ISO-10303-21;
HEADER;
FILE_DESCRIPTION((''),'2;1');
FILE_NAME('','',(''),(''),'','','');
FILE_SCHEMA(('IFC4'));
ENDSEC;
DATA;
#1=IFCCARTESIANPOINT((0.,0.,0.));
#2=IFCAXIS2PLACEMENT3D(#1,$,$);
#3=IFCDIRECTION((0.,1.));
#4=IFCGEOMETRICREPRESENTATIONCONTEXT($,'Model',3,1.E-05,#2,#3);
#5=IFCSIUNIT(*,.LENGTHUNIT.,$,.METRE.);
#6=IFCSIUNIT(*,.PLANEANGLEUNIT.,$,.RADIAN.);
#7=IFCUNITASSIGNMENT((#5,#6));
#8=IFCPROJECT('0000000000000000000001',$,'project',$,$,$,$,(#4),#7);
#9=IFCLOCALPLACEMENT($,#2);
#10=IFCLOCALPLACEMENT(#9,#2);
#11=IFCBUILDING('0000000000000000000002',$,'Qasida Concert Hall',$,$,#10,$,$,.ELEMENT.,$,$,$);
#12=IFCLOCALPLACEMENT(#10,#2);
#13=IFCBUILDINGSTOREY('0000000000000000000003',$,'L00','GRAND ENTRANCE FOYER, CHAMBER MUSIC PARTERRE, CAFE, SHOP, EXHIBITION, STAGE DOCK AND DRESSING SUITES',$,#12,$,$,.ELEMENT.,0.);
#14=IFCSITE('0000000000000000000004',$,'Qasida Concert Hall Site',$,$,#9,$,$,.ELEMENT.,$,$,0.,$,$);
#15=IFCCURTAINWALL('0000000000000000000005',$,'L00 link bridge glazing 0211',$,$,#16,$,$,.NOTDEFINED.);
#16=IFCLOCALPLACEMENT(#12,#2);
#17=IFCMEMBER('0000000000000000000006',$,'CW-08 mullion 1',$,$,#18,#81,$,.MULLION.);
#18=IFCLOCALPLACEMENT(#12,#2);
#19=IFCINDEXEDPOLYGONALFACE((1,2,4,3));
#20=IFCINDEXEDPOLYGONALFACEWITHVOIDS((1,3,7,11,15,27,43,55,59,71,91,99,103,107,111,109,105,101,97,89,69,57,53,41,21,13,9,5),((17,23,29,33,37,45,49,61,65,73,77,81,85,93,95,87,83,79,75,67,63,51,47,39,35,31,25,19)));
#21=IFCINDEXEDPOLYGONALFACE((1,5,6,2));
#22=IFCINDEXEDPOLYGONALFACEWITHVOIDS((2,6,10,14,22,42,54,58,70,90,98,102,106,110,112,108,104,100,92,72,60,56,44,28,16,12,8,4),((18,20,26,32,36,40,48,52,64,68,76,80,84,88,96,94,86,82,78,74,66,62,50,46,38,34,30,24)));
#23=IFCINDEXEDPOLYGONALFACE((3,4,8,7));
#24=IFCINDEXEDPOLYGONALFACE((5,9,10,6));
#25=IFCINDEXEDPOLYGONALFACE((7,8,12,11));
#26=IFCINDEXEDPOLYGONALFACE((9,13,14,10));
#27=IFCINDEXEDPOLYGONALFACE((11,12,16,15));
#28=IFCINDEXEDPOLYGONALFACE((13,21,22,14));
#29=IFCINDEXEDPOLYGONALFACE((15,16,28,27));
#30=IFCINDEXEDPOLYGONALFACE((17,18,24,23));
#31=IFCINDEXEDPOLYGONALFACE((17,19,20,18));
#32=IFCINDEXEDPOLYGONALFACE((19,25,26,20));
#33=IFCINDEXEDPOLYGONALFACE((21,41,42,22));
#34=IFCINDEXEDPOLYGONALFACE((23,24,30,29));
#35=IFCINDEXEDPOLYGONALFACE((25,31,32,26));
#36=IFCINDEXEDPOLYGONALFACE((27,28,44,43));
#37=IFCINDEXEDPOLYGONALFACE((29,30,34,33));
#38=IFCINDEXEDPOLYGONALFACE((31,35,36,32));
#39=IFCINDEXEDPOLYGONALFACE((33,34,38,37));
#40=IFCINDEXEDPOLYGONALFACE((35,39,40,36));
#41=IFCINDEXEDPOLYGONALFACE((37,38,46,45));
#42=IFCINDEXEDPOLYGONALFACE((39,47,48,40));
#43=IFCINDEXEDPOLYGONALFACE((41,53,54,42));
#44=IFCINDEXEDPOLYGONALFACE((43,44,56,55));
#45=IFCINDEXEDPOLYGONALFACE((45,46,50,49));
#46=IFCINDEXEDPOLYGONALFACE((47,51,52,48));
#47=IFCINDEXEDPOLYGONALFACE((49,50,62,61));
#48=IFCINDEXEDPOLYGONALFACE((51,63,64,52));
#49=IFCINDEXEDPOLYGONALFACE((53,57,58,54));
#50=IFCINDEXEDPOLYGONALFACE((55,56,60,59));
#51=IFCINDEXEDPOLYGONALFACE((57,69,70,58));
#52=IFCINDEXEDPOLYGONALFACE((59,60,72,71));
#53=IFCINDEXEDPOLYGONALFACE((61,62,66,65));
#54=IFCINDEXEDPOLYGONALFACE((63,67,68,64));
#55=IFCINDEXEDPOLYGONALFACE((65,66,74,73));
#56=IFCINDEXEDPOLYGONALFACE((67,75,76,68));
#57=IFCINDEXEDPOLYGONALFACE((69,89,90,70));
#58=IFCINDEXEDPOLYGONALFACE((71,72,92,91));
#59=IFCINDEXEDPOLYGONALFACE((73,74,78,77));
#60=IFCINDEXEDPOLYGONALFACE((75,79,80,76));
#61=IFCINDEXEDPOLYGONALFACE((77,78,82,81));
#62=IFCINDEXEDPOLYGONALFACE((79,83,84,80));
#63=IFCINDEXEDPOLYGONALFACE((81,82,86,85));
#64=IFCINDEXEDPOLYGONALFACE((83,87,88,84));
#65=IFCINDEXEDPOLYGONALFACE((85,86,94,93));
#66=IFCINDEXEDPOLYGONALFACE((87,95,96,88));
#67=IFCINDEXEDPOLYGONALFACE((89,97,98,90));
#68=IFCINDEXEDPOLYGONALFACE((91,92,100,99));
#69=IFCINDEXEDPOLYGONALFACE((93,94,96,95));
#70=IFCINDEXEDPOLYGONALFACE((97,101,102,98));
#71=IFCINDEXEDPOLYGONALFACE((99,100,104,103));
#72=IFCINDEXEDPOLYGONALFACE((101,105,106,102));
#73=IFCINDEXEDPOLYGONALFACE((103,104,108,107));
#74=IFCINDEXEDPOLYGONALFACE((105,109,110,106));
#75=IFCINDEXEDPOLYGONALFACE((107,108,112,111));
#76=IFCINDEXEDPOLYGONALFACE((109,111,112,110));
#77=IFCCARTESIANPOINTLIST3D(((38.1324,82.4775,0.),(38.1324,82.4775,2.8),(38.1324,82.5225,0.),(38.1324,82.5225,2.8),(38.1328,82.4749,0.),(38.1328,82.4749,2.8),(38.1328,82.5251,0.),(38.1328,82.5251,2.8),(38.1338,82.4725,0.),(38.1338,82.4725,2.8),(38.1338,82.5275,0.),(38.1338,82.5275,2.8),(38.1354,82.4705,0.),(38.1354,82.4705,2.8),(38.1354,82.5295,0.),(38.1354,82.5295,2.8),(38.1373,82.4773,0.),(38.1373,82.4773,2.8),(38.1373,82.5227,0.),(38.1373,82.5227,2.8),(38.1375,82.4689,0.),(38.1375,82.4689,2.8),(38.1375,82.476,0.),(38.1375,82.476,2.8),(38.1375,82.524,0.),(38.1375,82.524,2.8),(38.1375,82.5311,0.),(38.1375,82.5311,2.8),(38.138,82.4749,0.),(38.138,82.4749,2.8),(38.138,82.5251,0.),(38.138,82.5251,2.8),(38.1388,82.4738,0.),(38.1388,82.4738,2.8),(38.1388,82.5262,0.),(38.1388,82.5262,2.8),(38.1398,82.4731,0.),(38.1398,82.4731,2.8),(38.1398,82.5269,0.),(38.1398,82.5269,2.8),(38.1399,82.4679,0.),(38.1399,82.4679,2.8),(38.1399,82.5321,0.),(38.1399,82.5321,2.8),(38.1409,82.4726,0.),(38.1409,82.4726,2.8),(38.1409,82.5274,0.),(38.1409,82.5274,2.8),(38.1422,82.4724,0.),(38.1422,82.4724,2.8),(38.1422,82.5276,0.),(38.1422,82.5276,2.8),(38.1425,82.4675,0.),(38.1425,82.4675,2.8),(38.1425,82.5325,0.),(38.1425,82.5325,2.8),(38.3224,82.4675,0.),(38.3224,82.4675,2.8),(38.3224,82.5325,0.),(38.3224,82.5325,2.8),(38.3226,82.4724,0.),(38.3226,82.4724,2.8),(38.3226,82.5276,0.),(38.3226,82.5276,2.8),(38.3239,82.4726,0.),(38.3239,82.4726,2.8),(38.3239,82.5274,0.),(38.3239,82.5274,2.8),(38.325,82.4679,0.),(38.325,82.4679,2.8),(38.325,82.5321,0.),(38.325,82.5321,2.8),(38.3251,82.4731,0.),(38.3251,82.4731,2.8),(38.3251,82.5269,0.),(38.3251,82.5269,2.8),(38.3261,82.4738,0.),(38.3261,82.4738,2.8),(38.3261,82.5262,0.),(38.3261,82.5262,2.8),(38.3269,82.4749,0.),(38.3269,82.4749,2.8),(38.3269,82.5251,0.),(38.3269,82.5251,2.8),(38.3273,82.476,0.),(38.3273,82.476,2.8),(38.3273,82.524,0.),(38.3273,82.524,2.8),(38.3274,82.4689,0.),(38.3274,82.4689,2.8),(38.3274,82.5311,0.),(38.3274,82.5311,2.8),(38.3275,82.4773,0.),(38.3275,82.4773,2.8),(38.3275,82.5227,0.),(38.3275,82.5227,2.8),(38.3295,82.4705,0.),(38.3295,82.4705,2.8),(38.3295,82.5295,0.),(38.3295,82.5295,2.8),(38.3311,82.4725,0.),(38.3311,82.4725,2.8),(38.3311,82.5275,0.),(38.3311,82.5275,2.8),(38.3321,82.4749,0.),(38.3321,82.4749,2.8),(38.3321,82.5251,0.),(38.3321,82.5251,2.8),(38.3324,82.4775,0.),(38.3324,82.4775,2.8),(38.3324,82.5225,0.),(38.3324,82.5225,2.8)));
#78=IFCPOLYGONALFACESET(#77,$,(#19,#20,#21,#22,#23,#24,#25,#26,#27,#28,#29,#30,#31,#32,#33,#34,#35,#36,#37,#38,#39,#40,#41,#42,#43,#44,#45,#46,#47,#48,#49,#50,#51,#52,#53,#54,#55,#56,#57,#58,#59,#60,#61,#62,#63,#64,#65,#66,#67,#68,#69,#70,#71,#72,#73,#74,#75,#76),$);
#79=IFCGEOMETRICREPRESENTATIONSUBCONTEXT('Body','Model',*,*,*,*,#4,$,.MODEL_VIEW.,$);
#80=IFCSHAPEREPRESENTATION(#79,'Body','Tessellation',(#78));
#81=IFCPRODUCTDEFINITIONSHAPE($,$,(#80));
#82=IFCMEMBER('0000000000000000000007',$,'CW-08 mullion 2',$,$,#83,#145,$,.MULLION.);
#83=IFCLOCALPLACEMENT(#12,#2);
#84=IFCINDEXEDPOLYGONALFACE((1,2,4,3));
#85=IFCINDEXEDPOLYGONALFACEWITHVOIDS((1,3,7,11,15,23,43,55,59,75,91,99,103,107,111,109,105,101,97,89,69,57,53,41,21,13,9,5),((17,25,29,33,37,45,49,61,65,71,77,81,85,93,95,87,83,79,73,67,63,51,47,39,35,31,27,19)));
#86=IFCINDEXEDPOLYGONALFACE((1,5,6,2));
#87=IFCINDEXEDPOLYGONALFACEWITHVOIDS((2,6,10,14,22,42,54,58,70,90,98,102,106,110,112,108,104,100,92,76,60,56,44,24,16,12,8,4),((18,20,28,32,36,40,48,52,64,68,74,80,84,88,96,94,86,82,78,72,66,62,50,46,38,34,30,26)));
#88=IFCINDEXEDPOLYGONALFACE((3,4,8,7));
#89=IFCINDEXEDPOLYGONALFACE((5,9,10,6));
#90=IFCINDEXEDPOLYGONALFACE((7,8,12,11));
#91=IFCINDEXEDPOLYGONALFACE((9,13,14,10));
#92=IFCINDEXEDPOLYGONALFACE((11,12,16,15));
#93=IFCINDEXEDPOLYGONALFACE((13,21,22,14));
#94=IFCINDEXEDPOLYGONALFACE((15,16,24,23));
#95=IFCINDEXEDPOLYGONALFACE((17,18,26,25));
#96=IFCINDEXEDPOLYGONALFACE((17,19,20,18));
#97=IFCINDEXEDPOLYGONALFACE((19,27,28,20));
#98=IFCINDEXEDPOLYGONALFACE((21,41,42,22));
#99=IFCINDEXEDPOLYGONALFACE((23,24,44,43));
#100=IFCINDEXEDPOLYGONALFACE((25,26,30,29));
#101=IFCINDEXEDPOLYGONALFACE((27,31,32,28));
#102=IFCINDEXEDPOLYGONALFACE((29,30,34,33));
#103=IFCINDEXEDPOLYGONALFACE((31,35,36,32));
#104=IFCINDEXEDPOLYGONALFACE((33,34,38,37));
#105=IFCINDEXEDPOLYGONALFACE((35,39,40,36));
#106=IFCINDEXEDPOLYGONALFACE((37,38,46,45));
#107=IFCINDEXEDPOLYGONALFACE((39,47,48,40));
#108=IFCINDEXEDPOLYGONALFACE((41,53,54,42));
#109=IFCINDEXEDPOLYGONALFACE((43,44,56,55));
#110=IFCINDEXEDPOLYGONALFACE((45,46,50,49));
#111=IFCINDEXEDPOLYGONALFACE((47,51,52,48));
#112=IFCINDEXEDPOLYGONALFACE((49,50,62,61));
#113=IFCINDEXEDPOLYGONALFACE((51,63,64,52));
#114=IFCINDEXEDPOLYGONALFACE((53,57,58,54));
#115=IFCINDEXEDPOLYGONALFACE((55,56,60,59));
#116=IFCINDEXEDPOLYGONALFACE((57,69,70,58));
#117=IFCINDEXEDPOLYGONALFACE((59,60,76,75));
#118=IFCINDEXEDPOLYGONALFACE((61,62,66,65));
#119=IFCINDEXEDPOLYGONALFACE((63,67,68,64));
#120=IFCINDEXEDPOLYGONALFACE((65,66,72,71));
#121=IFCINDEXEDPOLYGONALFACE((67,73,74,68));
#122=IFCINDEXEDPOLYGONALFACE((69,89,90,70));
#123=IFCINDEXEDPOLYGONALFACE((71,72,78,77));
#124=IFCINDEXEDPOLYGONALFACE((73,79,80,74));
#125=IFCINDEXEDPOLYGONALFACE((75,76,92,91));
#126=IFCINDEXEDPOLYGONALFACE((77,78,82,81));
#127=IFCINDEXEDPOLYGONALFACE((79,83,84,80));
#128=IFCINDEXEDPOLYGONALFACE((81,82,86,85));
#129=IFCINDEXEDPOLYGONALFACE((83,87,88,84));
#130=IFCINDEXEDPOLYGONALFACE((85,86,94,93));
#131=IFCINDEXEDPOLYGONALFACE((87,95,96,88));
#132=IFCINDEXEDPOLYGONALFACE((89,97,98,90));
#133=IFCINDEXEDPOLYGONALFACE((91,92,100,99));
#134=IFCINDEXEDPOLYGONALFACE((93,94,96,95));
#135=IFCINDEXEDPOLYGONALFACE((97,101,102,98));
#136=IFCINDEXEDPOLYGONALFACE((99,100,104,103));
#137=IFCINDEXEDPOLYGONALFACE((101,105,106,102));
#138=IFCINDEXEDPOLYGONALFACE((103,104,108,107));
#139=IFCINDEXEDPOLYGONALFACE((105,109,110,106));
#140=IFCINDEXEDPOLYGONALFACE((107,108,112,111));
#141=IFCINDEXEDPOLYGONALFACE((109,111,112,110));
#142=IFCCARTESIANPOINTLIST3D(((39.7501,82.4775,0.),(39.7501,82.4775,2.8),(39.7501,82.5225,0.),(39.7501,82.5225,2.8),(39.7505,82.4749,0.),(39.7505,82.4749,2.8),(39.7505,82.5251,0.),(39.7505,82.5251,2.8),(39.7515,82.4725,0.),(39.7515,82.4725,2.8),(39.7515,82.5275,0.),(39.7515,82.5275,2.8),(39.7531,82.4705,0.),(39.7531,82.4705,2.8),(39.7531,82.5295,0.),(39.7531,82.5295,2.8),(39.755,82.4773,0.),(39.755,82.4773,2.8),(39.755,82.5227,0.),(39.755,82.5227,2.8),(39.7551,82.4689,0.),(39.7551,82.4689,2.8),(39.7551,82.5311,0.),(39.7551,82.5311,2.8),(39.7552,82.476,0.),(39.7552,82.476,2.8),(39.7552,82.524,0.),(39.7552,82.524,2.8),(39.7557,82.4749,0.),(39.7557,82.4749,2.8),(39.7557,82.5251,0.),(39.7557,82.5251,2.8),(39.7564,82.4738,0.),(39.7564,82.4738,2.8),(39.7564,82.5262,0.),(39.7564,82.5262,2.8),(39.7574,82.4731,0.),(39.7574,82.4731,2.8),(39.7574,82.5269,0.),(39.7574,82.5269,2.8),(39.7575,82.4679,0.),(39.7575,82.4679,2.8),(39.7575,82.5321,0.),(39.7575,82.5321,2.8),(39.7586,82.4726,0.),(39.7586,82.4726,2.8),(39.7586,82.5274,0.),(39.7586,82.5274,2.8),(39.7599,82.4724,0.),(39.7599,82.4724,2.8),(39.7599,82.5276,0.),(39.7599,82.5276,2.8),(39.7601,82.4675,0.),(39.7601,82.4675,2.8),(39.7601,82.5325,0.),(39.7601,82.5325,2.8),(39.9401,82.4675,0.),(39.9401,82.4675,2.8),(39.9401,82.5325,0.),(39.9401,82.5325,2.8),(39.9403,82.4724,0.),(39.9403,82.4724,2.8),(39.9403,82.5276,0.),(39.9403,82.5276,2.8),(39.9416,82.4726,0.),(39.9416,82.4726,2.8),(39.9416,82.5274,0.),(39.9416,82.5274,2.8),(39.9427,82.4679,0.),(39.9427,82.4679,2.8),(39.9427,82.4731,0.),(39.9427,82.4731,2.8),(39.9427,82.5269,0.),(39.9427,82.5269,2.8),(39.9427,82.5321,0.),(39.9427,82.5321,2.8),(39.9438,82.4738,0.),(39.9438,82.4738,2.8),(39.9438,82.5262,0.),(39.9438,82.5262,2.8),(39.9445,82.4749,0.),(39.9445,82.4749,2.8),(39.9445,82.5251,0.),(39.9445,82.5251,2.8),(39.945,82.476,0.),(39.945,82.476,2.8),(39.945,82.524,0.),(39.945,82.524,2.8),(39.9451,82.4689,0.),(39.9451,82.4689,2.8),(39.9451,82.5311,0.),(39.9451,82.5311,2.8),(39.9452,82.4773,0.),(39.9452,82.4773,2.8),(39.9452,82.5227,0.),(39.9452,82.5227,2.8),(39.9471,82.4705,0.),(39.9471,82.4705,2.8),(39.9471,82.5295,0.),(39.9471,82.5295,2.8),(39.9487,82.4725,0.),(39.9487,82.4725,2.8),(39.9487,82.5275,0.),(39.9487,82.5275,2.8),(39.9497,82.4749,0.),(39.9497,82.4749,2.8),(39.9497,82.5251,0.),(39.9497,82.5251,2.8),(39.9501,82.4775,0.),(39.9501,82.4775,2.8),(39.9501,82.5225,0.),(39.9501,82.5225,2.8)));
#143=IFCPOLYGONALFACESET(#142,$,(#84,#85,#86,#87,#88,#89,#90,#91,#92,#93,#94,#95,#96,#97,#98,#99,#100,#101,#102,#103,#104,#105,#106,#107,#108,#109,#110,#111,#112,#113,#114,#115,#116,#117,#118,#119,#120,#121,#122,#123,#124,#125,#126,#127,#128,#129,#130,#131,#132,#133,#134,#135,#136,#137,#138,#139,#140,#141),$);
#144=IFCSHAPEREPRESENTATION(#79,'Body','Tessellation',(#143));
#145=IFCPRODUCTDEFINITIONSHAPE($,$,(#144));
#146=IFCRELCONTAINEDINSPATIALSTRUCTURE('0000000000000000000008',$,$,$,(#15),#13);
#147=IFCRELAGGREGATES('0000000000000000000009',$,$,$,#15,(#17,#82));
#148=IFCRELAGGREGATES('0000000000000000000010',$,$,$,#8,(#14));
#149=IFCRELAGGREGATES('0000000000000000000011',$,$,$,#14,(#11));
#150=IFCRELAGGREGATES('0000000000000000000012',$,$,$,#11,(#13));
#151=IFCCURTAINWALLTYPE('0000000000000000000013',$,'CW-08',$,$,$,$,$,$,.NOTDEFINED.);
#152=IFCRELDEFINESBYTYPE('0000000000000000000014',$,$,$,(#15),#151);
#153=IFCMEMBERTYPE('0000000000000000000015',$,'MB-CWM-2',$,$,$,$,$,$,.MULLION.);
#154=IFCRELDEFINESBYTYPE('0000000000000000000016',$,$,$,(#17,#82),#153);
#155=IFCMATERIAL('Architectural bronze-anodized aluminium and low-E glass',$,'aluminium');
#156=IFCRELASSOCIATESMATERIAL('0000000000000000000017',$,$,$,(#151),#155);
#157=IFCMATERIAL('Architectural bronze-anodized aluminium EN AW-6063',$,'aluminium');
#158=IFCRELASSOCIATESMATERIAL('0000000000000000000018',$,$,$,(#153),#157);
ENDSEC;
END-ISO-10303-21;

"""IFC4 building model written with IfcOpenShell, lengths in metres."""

from ifc_helpers import new_model, si_unit, direction, frame, origin, origin_2d, place, context, subcontext, project, spatial, hollow_rectangle, extrude, material, material_profile, profile_set, type_object, element, aggregate, save


model = new_model("IFC4")

# Units and contexts
model_context = context("Model", 3, precision=1e-05, world=origin(), true_north=direction((0.0, 1.0)))
body_context = subcontext(model_context, "Body", "Model", "MODEL_VIEW")
ifc_project = project(units=[si_unit("LENGTHUNIT", "METRE"), si_unit("PLANEANGLEUNIT", "RADIAN")], contexts=[model_context])

# Site, building, storey
site_placement = place(None, origin())
site = spatial("IfcSite", under=ifc_project, at=site_placement, Name="Qasida Concert Hall Site", CompositionType="ELEMENT", RefElevation=0.0)
building_placement = place(site_placement, origin())
building = spatial("IfcBuilding", under=site, at=building_placement, Name="Qasida Concert Hall", CompositionType="ELEMENT")
storey_placement = place(building_placement, origin())
storey = spatial("IfcBuildingStorey", under=building, at=storey_placement, Name="L00", Description="GRAND ENTRANCE FOYER, CHAMBER MUSIC PARTERRE, CAFE, SHOP, EXHIBITION, STAGE DOCK AND DRESSING SUITES", CompositionType="ELEMENT", Elevation=0.0)

# Curtain wall, members
ifc_material_1 = material(Name="Architectural bronze-anodized aluminium and low-E glass", Category="aluminium")
curtain_wall_type = type_object("IfcCurtainWallType", Name="CW-08", PredefinedType="NOTDEFINED", material=ifc_material_1)
curtain_wall_placement = place(storey_placement, origin())
curtain_wall = element("IfcCurtainWall", 1, at=curtain_wall_placement, inside=storey, type_object=curtain_wall_type, Name="L00 link bridge glazing 0211", PredefinedType="NOTDEFINED")
ifc_material_2 = material(Name="Architectural bronze-anodized aluminium EN AW-6063", Category="aluminium")
ifc_material_profile_1 = material_profile(ifc_material_2, hollow_rectangle(XDim=0.0649, YDim=0.2, WallThickness=0.0049, InnerFilletRadius=0.0049, OuterFilletRadius=0.01, at=origin_2d()), Name="CWM 200x65x5")
ifc_profile_set_1 = profile_set([ifc_material_profile_1], Name="Architectural bronze-anodized aluminium EN AW-6063")
member_type_1 = type_object("IfcMemberType", Name="MB-CWM-2", PredefinedType="MULLION", material=ifc_profile_set_1)
member_1_placement = place(storey_placement, frame((38.2324, 82.5, 0.0), z_axis=(0.0, 0.0, 1.0), x_axis=(0.0, 1.0, 0.0)))
member_1 = element("IfcMember", 2, at=member_1_placement, type_object=member_type_1, Name="CW-08 mullion 1", PredefinedType="MULLION", context=body_context, shape_type="SweptSolid", body=[
    extrude(hollow_rectangle(XDim=0.0649, YDim=0.2, WallThickness=0.0049, InnerFilletRadius=0.0049, OuterFilletRadius=0.01, at=origin_2d()), origin(), (0.0, 0.0, 1.0), 2.8),
])
member_2_placement = place(storey_placement, frame((39.8501, 82.5, 0.0), z_axis=(0.0, 0.0, 1.0), x_axis=(0.0, 1.0, 0.0)))
member_2 = element("IfcMember", 3, at=member_2_placement, type_object=member_type_1, Name="CW-08 mullion 2", PredefinedType="MULLION", context=body_context, shape_type="SweptSolid", body=[
    extrude(hollow_rectangle(XDim=0.0649, YDim=0.2, WallThickness=0.0049, InnerFilletRadius=0.0049, OuterFilletRadius=0.01, at=origin_2d()), origin(), (0.0, 0.0, 1.0), 2.8),
])
aggregate(curtain_wall, [member_1, member_2])

save(model, "model.ifc")
